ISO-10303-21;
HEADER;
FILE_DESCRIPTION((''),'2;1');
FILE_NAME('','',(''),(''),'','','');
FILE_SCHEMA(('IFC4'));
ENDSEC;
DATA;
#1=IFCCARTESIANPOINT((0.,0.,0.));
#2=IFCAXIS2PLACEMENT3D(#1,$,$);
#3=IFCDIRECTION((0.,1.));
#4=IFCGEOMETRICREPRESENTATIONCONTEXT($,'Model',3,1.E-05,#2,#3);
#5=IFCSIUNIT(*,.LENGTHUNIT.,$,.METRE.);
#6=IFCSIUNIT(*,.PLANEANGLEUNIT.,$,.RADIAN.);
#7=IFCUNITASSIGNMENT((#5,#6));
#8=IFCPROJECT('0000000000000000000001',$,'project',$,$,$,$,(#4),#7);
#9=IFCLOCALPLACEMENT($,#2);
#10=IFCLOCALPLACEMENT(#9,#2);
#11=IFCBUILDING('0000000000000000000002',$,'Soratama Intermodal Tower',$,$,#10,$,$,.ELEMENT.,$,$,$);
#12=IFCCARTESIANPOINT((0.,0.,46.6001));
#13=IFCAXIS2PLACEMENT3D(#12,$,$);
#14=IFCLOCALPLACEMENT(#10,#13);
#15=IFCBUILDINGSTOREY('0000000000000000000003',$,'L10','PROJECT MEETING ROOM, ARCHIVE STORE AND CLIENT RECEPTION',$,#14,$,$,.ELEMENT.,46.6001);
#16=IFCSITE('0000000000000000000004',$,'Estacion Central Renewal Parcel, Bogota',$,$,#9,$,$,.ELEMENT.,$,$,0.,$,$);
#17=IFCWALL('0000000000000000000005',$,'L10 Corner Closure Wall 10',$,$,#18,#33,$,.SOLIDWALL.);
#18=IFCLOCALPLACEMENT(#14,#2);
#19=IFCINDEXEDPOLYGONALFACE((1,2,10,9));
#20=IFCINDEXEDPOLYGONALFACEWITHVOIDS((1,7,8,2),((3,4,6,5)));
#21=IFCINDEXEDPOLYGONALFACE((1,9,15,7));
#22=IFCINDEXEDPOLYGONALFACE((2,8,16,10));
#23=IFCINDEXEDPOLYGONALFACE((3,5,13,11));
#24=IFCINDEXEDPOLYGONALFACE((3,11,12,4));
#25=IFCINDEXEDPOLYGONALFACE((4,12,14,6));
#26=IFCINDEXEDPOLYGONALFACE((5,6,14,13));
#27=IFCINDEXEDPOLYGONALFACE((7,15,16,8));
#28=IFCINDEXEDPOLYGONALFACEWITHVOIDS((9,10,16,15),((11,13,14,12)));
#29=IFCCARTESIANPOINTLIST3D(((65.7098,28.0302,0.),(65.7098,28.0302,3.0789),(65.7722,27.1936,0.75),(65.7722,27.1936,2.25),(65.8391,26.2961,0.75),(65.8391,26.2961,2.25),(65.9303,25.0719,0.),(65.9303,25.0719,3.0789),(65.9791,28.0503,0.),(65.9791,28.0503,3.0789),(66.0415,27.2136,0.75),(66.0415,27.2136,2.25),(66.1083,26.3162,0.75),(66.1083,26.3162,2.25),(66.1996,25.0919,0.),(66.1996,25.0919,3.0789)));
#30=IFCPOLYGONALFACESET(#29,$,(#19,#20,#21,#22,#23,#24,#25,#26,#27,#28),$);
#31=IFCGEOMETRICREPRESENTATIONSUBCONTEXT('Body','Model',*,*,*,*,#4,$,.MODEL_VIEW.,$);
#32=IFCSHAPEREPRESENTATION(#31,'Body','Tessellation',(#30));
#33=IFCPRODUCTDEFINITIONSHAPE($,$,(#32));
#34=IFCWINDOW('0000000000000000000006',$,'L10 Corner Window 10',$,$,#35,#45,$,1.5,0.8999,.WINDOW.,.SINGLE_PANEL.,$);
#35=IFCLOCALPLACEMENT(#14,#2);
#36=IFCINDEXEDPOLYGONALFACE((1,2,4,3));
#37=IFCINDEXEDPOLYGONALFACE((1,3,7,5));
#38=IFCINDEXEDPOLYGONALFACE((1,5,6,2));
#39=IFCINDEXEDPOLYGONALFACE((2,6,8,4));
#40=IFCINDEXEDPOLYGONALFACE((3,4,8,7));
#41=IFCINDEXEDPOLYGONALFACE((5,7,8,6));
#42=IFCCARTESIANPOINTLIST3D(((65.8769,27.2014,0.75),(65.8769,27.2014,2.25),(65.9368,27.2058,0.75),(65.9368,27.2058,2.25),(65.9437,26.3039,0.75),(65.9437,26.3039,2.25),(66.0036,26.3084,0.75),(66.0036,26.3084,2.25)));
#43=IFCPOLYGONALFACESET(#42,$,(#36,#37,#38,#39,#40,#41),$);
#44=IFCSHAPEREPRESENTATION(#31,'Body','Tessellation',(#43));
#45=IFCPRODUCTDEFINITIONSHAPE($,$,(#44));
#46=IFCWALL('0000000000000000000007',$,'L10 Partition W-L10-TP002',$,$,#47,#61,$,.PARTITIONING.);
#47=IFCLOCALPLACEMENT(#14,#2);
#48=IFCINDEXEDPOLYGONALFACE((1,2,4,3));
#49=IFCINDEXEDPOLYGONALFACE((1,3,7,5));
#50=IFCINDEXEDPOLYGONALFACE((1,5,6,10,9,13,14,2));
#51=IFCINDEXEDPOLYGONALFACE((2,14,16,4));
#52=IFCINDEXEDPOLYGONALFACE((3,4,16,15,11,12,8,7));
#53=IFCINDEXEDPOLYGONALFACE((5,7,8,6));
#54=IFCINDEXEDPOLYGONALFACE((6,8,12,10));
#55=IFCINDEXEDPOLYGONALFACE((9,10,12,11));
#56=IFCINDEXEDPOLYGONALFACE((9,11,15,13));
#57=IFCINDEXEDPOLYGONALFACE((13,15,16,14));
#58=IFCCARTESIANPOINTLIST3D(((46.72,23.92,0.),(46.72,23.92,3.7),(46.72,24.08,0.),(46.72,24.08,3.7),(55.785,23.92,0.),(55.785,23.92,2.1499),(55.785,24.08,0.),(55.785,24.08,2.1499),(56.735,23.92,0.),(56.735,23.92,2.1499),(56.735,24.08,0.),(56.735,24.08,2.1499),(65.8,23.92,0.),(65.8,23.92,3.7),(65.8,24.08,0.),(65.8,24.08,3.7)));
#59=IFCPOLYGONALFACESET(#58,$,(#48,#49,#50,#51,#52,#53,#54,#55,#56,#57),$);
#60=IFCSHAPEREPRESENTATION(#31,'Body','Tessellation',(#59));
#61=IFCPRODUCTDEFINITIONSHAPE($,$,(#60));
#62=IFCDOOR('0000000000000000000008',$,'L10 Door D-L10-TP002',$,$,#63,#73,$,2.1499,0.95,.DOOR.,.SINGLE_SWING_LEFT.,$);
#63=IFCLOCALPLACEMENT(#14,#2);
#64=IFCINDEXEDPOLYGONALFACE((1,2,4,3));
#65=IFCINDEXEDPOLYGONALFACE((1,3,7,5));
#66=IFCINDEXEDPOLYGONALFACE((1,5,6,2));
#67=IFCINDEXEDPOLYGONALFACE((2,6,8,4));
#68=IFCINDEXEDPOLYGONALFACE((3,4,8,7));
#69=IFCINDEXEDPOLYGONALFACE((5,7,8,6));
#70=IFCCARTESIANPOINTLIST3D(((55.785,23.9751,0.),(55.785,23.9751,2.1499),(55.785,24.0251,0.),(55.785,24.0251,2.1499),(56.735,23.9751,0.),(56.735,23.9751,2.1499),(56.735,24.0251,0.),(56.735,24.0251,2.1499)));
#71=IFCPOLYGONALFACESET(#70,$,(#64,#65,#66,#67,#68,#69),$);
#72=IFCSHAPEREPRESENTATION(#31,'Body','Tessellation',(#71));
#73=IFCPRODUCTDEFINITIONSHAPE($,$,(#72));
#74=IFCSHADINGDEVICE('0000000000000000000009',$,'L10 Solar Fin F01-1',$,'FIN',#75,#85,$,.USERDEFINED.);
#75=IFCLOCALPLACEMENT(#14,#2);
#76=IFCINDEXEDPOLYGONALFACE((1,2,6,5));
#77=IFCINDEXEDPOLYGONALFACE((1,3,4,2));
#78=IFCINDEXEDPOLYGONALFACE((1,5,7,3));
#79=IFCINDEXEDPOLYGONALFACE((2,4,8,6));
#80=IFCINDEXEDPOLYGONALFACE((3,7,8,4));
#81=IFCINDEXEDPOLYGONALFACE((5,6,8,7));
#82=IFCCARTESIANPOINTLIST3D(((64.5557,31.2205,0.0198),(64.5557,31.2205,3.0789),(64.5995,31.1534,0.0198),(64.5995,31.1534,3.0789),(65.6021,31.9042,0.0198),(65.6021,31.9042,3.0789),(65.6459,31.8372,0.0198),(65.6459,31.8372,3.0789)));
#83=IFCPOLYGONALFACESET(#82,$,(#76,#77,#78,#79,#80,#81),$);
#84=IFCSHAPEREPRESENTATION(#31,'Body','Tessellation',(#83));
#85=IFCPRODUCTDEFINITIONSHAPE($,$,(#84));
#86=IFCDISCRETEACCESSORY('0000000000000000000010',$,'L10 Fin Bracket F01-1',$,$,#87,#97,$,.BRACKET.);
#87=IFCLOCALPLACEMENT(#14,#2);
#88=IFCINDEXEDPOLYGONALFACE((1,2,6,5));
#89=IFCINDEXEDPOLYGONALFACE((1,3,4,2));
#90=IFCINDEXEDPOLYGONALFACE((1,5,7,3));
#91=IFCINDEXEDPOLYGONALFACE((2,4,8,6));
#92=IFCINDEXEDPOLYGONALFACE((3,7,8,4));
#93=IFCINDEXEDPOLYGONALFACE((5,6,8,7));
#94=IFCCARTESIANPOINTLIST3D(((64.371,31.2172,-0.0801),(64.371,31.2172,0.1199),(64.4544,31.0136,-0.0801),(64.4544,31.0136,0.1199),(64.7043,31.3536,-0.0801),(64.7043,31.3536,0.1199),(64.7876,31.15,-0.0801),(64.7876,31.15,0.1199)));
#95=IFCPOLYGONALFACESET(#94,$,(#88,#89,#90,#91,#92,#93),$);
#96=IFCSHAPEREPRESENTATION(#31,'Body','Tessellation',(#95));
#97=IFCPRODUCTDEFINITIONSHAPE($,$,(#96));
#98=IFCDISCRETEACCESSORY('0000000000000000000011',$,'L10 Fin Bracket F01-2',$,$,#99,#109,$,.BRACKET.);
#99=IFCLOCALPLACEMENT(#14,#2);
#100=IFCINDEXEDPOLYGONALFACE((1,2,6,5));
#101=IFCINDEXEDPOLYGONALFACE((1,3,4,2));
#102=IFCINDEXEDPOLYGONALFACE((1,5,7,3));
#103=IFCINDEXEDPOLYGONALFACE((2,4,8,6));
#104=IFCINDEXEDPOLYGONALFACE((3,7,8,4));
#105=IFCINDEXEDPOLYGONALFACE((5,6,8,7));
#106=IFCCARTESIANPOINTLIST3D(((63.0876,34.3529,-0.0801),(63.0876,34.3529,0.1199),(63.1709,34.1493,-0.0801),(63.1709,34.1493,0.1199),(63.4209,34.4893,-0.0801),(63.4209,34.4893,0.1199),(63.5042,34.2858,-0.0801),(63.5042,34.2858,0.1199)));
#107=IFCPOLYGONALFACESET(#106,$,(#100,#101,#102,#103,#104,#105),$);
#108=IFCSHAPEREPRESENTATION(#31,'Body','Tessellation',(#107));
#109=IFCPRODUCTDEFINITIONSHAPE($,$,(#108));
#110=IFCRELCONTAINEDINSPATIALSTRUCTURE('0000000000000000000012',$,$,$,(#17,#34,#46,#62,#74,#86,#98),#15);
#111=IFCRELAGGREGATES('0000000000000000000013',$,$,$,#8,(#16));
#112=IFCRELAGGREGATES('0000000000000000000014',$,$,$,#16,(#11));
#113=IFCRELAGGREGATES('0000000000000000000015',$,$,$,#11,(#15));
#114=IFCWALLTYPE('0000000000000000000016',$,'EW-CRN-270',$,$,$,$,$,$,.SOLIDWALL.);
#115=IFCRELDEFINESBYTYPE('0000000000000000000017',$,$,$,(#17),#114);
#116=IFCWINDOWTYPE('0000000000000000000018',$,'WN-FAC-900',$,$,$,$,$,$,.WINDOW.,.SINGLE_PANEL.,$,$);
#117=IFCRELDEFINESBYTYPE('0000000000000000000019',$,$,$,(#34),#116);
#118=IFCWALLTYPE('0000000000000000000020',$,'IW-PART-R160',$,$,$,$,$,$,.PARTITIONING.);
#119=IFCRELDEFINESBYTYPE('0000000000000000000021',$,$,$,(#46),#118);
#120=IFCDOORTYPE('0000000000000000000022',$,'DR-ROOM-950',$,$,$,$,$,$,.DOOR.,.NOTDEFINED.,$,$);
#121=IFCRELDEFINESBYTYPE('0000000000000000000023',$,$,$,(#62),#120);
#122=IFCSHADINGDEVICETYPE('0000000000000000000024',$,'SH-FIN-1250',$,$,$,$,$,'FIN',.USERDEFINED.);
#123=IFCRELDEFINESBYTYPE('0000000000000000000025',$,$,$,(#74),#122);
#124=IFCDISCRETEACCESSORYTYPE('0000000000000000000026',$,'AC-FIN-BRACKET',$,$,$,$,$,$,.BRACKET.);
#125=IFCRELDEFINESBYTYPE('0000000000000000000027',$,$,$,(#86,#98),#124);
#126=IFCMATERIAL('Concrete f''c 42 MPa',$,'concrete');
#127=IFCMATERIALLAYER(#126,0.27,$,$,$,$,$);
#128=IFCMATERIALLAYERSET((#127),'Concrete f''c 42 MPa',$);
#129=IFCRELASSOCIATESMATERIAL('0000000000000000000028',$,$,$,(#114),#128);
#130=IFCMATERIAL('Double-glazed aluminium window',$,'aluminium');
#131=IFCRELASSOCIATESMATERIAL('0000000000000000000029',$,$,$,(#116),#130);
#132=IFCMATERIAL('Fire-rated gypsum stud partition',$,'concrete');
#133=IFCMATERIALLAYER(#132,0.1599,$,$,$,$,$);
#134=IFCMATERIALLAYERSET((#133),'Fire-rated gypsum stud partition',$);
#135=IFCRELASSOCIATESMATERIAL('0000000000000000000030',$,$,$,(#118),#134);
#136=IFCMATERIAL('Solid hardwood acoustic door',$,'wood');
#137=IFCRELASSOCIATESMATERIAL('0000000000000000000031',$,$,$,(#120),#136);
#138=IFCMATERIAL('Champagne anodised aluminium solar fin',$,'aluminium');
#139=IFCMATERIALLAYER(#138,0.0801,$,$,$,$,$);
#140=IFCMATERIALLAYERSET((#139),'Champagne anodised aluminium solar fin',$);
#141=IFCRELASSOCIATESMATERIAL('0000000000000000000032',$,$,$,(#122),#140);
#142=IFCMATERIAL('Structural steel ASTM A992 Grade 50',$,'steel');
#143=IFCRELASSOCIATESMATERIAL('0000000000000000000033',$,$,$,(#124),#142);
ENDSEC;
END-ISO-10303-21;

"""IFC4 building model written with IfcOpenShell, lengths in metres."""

from ifc_helpers import new_model, si_unit, direction, frame, frame_2d, origin, origin_2d, place, context, subcontext, project, spatial, rectangle, extrude, material, layer, layer_set, type_object, element, fill, save


model = new_model("IFC4")

# Units and contexts
model_context = context("Model", 3, precision=1e-05, world=origin(), true_north=direction((0.0, 1.0)))
body_context = subcontext(model_context, "Body", "Model", "MODEL_VIEW")
ifc_project = project(units=[si_unit("LENGTHUNIT", "METRE"), si_unit("PLANEANGLEUNIT", "RADIAN")], contexts=[model_context])

# Site, building, storey
site_placement = place(None, origin())
site = spatial("IfcSite", under=ifc_project, at=site_placement, Name="Estacion Central Renewal Parcel, Bogota", CompositionType="ELEMENT", RefElevation=0.0)
building_placement = place(site_placement, origin())
building = spatial("IfcBuilding", under=site, at=building_placement, Name="Soratama Intermodal Tower", CompositionType="ELEMENT")
storey_placement = place(building_placement, frame((0.0, 0.0, 46.6001)))
storey = spatial("IfcBuildingStorey", under=building, at=storey_placement, Name="L10", Description="PROJECT MEETING ROOM, ARCHIVE STORE AND CLIENT RECEPTION", CompositionType="ELEMENT", Elevation=46.6001)

# Wall, opening, window
ifc_material_1 = material(Name="Concrete f'c 42 MPa", Category="concrete")
ifc_layer_1 = layer(ifc_material_1, 0.27)
ifc_layer_set_1 = layer_set([ifc_layer_1], Name="Concrete f'c 42 MPa")
wall_type_1 = type_object("IfcWallType", Name="EW-CRN-270", PredefinedType="SOLIDWALL", material=ifc_layer_set_1)
wall_1_placement = place(storey_placement, frame((66.0649, 25.0818, 0.0), z_axis=(0.0, 0.0, 1.0), x_axis=(-0.074317, 0.997235, 0.0)))
wall_1 = element("IfcWall", 1, at=wall_1_placement, inside=storey, type_object=wall_type_1, Name="L10 Corner Closure Wall 10", PredefinedType="SOLIDWALL", context=body_context, shape_type="SweptSolid", body=[
    extrude(rectangle(XDim=2.9666, YDim=0.27, at=frame_2d((1.4834, 0.0))), origin(), (0.0, 0.0, 1.0), 3.0789),
])
opening_1_placement = place(wall_1_placement, frame((1.2278, 0.0, 0.75)))
opening_1 = element("IfcOpeningElement", 2, at=opening_1_placement, cuts=wall_1, PredefinedType="OPENING", context=body_context, shape_type="SweptSolid", body=[
    extrude(rectangle(XDim=0.8999, YDim=1.5, at=frame_2d((0.45, 0.75))), frame((0.0, 0.145, 0.0), z_axis=(0.0, -1.0, 0.0), x_axis=(1.0, 0.0, 0.0)), (0.0, 0.0, 1.0), 0.29),
])
ifc_material_2 = material(Name="Double-glazed aluminium window", Category="aluminium")
window_type = type_object("IfcWindowType", Name="WN-FAC-900", PartitioningType="SINGLE_PANEL", PredefinedType="WINDOW", material=ifc_material_2)
window_placement = place(opening_1_placement, origin())
window = element("IfcWindow", 3, at=window_placement, inside=storey, type_object=window_type, Name="L10 Corner Window 10", OverallHeight=1.5, OverallWidth=0.8999, PartitioningType="SINGLE_PANEL", PredefinedType="WINDOW", context=body_context, shape_type="SweptSolid", body=[
    extrude(rectangle(XDim=0.8999, YDim=1.5, at=frame_2d((0.45, 0.75))), frame((0.0, 0.03, 0.0), z_axis=(0.0, -1.0, 0.0), x_axis=(1.0, 0.0, 0.0)), (0.0, 0.0, 1.0), 0.0601),
])
fill(opening_1, window)

# Wall, opening, door
ifc_material_3 = material(Name="Fire-rated gypsum stud partition", Category="concrete")
ifc_layer_2 = layer(ifc_material_3, 0.1599)
ifc_layer_set_2 = layer_set([ifc_layer_2], Name="Fire-rated gypsum stud partition")
wall_type_2 = type_object("IfcWallType", Name="IW-PART-R160", PredefinedType="PARTITIONING", material=ifc_layer_set_2)
wall_2_placement = place(storey_placement, frame((65.8, 24.0, 0.0), z_axis=(0.0, 0.0, 1.0), x_axis=(-1.0, 0.0, 0.0)))
wall_2 = element("IfcWall", 4, at=wall_2_placement, inside=storey, type_object=wall_type_2, Name="L10 Partition W-L10-TP002", PredefinedType="PARTITIONING", context=body_context, shape_type="SweptSolid", body=[
    extrude(rectangle(XDim=19.0801, YDim=0.1599, at=frame_2d((9.54, 0.0))), origin(), (0.0, 0.0, 1.0), 3.7),
])
opening_2_placement = place(wall_2_placement, frame((9.0649, 0.0, 0.0)))
opening_2 = element("IfcOpeningElement", 5, at=opening_2_placement, cuts=wall_2, PredefinedType="OPENING", context=body_context, shape_type="SweptSolid", body=[
    extrude(rectangle(XDim=0.95, YDim=2.1499, at=frame_2d((0.4751, 1.075))), frame((0.0, 0.0898, 0.0), z_axis=(0.0, -1.0, 0.0), x_axis=(1.0, 0.0, 0.0)), (0.0, 0.0, 1.0), 0.1799),
])
ifc_material_4 = material(Name="Solid hardwood acoustic door", Category="wood")
door_type = type_object("IfcDoorType", Name="DR-ROOM-950", OperationType="NOTDEFINED", PredefinedType="DOOR", material=ifc_material_4)
door_placement = place(opening_2_placement, origin())
door = element("IfcDoor", 6, at=door_placement, inside=storey, type_object=door_type, Name="L10 Door D-L10-TP002", OperationType="SINGLE_SWING_LEFT", OverallHeight=2.1499, OverallWidth=0.95, PredefinedType="DOOR", context=body_context, shape_type="SweptSolid", body=[
    extrude(rectangle(XDim=0.95, YDim=2.1499, at=frame_2d((0.4751, 1.075))), frame((0.0, 0.0249, 0.0), z_axis=(0.0, -1.0, 0.0), x_axis=(1.0, 0.0, 0.0)), (0.0, 0.0, 1.0), 0.05),
])
fill(opening_2, door)

# Shading device
ifc_material_5 = material(Name="Champagne anodised aluminium solar fin", Category="aluminium")
ifc_layer_3 = layer(ifc_material_5, 0.0801)
ifc_layer_set_3 = layer_set([ifc_layer_3], Name="Champagne anodised aluminium solar fin")
shading_device_type = type_object("IfcShadingDeviceType", Name="SH-FIN-1250", ElementType="FIN", PredefinedType="USERDEFINED", material=ifc_layer_set_3)
shading_device_placement = place(storey_placement, frame((65.1008, 31.5288, 0.0198), z_axis=(0.0, 0.0, 1.0), x_axis=(0.837146, 0.546979, 0.0)))
element("IfcShadingDevice", 7, at=shading_device_placement, inside=storey, type_object=shading_device_type, Name="L10 Solar Fin F01-1", ObjectType="FIN", PredefinedType="USERDEFINED", context=body_context, shape_type="SweptSolid", body=[
    extrude(rectangle(XDim=1.25, YDim=0.0801, at=origin_2d()), origin(), (0.0, 0.0, 1.0), 3.0591),
])

# Discrete accessories
ifc_material_6 = material(Name="Structural steel ASTM A992 Grade 50", Category="steel")
discrete_accessory_type = type_object("IfcDiscreteAccessoryType", Name="AC-FIN-BRACKET", PredefinedType="BRACKET", material=ifc_material_6)
for number, where, z_axis, x_axis, name in (
    (8, (64.5793, 31.1836, -0.0801), (0.0, 0.0, 1.0), (0.925474, 0.37881, 0.0), "L10 Fin Bracket F01-1"),
    (9, (63.2959, 34.3193, -0.0801), (0.0, 0.0, 1.0), (0.925474, 0.37881, 0.0), "L10 Fin Bracket F01-2"),
):
    element("IfcDiscreteAccessory", number, at=place(storey_placement, frame(where, z_axis=z_axis, x_axis=x_axis)), inside=storey, type_object=discrete_accessory_type, Name=name, PredefinedType="BRACKET", context=body_context, shape_type="SweptSolid", body=[
        extrude(rectangle(XDim=0.3601, YDim=0.22, at=origin_2d()), origin(), (0.0, 0.0, 1.0), 0.2),
    ])

save(model, "model.ifc")
